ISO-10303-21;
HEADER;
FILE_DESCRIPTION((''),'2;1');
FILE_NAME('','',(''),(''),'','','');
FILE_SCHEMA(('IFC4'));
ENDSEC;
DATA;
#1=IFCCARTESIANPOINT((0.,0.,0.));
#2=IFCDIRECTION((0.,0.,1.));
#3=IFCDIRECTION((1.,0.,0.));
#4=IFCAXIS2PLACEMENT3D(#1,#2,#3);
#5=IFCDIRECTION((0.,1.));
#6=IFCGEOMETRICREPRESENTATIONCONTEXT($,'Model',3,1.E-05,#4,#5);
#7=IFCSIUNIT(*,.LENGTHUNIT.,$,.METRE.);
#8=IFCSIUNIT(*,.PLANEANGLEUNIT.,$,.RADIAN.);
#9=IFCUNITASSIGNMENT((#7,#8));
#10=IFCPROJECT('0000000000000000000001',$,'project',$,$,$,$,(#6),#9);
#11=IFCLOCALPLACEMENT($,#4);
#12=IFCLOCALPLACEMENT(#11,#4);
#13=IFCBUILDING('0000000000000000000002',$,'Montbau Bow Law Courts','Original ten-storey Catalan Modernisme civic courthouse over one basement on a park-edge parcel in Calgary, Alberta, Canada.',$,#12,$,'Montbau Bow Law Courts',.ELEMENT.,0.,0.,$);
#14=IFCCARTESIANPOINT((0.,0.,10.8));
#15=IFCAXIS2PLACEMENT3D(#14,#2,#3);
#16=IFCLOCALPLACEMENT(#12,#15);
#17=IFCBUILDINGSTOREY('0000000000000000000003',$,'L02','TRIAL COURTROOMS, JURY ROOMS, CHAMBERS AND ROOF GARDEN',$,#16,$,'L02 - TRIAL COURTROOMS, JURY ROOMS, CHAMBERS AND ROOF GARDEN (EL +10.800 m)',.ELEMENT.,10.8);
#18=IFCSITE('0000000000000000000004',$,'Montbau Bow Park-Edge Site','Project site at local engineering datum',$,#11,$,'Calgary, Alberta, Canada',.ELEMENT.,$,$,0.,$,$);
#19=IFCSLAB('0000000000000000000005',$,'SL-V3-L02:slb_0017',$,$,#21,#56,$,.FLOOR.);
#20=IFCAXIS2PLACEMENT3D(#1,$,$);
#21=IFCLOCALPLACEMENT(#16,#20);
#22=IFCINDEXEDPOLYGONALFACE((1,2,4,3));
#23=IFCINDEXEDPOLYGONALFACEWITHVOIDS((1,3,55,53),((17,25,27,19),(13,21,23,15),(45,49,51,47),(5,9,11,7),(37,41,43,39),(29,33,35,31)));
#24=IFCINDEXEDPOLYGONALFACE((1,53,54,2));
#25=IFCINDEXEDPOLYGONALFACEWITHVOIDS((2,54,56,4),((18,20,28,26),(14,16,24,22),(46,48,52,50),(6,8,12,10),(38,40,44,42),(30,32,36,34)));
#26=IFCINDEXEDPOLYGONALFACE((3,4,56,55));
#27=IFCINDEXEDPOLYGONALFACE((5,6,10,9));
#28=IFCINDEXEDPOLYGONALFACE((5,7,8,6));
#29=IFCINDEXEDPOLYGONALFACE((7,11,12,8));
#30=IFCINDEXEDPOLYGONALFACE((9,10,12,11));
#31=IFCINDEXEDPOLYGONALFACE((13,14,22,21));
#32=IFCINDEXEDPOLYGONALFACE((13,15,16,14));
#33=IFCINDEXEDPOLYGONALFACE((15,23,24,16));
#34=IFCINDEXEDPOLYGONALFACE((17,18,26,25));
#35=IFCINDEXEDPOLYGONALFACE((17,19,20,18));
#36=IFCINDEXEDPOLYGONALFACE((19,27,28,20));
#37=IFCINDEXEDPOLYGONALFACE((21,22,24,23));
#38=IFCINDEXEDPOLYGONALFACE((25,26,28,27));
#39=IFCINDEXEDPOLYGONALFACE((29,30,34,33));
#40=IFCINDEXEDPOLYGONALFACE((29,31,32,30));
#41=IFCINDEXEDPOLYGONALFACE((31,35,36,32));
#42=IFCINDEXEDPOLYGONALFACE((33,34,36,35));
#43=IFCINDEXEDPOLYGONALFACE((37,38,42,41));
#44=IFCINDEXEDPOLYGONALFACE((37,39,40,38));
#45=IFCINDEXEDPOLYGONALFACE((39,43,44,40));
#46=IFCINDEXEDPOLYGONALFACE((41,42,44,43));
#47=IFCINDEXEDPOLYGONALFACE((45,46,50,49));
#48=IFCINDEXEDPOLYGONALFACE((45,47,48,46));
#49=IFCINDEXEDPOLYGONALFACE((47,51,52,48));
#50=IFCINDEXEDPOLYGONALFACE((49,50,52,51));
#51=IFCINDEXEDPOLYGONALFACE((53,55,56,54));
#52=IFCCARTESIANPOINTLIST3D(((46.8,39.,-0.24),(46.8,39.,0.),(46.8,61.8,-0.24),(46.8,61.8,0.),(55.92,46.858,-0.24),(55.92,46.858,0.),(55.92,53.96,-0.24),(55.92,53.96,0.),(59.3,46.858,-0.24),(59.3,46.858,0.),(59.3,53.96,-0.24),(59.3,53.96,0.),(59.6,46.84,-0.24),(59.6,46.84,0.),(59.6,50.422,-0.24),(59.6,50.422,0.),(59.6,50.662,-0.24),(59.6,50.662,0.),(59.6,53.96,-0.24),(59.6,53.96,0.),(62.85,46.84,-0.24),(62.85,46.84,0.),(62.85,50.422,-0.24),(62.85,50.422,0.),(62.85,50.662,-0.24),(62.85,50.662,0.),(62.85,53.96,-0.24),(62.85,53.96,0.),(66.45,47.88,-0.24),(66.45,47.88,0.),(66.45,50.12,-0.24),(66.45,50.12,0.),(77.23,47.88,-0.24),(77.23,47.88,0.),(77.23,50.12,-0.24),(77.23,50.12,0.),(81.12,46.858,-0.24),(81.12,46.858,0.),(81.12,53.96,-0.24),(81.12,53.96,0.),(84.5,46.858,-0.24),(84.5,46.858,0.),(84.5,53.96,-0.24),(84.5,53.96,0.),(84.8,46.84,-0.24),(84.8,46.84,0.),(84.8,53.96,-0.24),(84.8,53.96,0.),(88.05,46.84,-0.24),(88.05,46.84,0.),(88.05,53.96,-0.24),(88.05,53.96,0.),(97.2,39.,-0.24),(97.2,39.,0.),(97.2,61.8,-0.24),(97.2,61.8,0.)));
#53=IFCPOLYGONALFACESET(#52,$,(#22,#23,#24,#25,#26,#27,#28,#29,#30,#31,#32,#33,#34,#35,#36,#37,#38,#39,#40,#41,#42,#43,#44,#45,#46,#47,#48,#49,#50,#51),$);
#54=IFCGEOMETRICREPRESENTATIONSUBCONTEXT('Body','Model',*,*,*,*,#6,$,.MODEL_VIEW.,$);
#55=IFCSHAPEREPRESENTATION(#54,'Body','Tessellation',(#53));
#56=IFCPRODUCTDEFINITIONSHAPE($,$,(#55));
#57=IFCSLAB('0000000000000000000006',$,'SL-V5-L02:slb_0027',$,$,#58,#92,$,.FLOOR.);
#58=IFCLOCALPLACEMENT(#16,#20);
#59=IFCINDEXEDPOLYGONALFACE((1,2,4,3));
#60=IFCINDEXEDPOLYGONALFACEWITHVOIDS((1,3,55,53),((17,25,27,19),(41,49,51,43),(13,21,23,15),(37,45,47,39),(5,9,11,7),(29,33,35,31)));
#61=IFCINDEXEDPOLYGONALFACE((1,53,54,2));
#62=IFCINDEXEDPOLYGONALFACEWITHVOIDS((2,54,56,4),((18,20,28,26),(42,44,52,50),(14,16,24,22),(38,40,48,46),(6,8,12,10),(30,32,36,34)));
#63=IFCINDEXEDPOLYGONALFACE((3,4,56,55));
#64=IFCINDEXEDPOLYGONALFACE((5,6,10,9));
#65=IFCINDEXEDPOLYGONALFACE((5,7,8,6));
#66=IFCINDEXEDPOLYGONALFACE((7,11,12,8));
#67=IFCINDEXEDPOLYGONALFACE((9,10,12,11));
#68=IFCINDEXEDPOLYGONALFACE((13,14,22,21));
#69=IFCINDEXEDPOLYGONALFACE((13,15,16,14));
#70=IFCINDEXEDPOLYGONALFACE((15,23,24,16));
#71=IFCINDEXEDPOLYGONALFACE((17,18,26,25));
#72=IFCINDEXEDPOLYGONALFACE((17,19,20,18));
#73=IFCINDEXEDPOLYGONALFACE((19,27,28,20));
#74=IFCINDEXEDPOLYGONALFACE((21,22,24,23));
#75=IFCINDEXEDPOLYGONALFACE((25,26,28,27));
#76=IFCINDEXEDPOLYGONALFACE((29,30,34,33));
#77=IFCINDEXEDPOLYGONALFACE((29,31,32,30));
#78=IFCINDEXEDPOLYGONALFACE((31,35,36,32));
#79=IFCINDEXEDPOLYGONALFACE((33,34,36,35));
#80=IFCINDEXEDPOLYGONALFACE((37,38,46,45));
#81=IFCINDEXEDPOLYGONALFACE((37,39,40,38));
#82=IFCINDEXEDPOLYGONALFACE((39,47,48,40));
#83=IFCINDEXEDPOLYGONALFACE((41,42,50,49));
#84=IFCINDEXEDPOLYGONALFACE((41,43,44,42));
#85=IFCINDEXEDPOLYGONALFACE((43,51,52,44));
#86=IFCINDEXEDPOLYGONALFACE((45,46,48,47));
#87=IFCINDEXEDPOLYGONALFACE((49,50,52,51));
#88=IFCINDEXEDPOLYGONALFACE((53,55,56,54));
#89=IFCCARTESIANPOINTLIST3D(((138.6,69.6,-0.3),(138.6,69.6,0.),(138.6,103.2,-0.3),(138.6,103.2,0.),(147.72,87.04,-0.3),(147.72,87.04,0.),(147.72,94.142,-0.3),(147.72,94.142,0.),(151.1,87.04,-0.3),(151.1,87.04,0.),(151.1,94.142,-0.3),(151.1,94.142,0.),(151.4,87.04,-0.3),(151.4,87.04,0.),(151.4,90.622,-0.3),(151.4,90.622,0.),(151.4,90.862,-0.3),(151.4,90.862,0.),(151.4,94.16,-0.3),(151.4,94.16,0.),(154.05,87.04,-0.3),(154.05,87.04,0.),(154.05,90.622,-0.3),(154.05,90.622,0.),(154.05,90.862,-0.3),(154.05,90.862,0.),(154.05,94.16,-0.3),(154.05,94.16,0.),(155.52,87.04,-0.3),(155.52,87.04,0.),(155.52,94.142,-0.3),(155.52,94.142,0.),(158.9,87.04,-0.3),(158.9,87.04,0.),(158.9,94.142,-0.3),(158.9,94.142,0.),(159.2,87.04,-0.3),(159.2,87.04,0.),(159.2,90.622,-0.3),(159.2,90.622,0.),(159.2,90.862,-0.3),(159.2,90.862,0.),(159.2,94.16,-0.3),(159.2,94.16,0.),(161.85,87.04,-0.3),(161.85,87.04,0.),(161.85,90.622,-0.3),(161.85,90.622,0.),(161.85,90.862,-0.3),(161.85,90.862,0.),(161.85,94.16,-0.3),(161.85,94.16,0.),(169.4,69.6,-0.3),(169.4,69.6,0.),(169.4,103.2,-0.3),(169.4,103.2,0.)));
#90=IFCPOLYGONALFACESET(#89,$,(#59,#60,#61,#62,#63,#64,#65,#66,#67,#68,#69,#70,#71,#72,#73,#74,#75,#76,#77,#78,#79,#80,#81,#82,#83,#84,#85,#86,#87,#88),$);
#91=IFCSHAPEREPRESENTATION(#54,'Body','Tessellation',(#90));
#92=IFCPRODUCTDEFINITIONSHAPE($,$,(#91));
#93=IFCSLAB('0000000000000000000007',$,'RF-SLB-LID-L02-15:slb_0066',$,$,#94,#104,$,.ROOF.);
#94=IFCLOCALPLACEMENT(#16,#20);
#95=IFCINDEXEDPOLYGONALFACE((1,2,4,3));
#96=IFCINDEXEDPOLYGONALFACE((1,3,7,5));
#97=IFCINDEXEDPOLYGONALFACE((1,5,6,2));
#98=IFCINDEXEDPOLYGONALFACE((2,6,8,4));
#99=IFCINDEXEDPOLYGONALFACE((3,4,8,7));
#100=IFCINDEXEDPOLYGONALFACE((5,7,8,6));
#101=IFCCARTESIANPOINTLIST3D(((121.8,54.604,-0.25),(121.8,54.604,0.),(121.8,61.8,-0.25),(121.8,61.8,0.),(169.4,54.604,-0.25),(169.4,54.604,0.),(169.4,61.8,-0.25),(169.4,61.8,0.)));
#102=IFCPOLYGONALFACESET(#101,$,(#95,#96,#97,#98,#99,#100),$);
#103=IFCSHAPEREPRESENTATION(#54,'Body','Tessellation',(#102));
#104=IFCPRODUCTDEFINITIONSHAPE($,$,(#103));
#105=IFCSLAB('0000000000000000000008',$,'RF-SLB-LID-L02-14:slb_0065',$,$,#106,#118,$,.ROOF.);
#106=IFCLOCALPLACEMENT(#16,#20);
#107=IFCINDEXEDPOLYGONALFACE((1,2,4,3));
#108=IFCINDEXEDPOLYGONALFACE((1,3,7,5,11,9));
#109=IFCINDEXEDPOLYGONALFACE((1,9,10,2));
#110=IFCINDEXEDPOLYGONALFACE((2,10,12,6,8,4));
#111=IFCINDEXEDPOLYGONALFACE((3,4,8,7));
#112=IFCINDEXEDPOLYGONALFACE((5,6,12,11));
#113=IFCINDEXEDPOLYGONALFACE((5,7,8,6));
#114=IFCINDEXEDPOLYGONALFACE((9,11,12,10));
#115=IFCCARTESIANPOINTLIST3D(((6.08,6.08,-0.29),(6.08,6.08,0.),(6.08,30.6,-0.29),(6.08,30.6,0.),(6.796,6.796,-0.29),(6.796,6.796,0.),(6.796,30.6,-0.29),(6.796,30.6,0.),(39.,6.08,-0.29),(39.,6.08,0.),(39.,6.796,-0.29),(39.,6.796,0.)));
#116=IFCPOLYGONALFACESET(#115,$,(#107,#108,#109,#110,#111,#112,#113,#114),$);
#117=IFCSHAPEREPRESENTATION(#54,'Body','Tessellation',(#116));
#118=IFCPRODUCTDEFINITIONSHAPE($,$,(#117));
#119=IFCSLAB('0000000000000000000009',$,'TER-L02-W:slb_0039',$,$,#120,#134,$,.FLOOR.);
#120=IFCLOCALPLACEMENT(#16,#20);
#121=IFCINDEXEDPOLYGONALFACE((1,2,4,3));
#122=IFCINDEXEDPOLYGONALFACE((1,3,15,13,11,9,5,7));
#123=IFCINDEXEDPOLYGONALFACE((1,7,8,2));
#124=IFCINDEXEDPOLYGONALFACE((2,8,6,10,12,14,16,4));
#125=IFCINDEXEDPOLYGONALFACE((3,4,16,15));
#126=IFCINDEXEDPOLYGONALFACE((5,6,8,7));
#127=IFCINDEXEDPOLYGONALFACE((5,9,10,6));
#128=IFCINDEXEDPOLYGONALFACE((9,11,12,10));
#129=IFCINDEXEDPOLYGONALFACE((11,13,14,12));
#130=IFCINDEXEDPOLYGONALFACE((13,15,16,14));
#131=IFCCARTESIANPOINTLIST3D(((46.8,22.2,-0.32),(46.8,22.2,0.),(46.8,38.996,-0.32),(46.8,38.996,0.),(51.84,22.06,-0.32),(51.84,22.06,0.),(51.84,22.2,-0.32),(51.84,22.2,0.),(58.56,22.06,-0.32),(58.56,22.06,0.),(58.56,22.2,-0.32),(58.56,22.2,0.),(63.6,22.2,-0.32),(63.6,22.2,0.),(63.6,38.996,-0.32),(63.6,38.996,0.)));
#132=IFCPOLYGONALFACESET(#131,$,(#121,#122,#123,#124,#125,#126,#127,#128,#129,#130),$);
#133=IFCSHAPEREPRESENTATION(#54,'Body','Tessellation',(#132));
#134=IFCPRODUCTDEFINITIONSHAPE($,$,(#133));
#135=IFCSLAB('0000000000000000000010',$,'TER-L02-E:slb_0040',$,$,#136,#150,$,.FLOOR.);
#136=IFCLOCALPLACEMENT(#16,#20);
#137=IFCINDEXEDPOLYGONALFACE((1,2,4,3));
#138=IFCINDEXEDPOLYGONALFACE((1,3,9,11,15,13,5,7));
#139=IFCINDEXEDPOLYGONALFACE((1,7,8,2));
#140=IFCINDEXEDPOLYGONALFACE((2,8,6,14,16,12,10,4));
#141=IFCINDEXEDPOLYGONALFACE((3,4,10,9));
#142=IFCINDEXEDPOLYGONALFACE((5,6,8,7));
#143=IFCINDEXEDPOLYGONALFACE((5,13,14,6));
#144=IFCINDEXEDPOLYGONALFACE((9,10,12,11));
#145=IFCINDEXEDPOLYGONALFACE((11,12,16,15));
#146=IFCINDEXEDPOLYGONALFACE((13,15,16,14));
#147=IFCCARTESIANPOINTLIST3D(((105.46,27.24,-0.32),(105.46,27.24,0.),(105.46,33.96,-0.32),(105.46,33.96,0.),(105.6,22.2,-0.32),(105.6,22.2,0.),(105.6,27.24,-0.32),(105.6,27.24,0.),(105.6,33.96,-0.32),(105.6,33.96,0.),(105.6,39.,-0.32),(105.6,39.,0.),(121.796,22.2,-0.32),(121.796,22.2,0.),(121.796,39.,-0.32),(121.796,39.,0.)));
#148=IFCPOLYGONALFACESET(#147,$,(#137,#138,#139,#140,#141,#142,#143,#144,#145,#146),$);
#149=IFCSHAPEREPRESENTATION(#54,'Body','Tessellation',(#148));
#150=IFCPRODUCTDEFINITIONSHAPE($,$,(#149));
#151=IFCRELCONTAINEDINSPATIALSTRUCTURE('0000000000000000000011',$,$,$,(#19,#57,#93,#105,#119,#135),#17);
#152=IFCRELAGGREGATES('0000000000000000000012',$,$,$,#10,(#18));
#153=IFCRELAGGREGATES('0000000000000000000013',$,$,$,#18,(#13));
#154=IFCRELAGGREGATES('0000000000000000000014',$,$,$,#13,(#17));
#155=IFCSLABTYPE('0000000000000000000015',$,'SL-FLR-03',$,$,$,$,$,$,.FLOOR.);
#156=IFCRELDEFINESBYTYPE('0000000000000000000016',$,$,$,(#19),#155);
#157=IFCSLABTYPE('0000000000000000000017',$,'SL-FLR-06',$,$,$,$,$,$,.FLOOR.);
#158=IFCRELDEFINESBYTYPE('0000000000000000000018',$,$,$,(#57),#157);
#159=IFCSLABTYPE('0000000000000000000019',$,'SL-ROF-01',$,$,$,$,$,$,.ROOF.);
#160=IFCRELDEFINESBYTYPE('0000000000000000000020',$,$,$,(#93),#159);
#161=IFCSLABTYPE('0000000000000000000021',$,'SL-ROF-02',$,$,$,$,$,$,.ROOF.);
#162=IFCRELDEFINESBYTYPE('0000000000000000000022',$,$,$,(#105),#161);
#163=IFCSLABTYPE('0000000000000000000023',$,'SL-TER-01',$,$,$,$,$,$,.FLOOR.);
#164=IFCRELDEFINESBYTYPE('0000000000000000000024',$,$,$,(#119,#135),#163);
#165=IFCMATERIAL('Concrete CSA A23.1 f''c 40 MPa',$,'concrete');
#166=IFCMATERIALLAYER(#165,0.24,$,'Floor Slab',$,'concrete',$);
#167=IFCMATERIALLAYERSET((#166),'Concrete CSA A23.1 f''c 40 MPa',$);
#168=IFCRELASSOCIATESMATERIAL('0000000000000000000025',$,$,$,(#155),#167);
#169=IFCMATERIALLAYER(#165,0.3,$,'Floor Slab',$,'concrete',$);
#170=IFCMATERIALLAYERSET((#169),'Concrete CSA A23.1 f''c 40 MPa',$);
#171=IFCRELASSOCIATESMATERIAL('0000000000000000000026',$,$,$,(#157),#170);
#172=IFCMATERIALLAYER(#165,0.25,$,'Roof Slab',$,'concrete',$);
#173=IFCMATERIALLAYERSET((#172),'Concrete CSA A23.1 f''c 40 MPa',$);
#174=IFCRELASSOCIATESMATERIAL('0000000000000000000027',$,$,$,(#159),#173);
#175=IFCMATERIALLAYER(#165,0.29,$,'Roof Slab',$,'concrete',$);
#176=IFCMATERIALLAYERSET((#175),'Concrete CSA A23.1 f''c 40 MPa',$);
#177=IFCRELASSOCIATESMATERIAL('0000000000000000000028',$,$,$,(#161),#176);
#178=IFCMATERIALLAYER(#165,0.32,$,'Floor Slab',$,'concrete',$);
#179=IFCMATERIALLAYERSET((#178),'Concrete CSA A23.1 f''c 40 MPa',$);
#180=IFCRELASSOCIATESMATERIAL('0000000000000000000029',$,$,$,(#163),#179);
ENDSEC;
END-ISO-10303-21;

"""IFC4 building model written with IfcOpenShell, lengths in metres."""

from ifc_helpers import new_model, si_unit, direction, frame, origin_with_axes, place, context, subcontext, project, spatial, polyline, outline, extrude, material, layer, layer_set, type_object, element, save


model = new_model("IFC4")

# Units and contexts
model_context = context("Model", 3, precision=1e-05, world=origin_with_axes(), true_north=direction((0.0, 1.0)))
body_context = subcontext(model_context, "Body", "Model", "MODEL_VIEW")
ifc_project = project(units=[si_unit("LENGTHUNIT", "METRE"), si_unit("PLANEANGLEUNIT", "RADIAN")], contexts=[model_context])

# Site, building, storey
site_placement = place(None, origin_with_axes())
site = spatial("IfcSite", under=ifc_project, at=site_placement, Name="Montbau Bow Park-Edge Site", Description="Project site at local engineering datum", LongName="Calgary, Alberta, Canada", CompositionType="ELEMENT", RefElevation=0.0)
building_placement = place(site_placement, origin_with_axes())
building = spatial("IfcBuilding", under=site, at=building_placement, Name="Montbau Bow Law Courts", Description="Original ten-storey Catalan Modernisme civic courthouse over one basement on a park-edge parcel in Calgary, Alberta, Canada.", LongName="Montbau Bow Law Courts", CompositionType="ELEMENT", ElevationOfRefHeight=0.0, ElevationOfTerrain=0.0)
storey_placement = place(building_placement, frame((0.0, 0.0, 10.8), z_axis=(0.0, 0.0, 1.0), x_axis=(1.0, 0.0, 0.0)))
storey = spatial("IfcBuildingStorey", under=building, at=storey_placement, Name="L02", Description="TRIAL COURTROOMS, JURY ROOMS, CHAMBERS AND ROOF GARDEN", LongName="L02 - TRIAL COURTROOMS, JURY ROOMS, CHAMBERS AND ROOF GARDEN (EL +10.800 m)", CompositionType="ELEMENT", Elevation=10.8)

# Slabs
ifc_material_1 = material(Name="Concrete CSA A23.1 f'c 40 MPa", Category="concrete")
ifc_layer_1 = layer(ifc_material_1, 0.24, Name="Floor Slab", Category="concrete")
ifc_layer_set_1 = layer_set([ifc_layer_1], Name="Concrete CSA A23.1 f'c 40 MPa")
slab_type_1 = type_object("IfcSlabType", Name="SL-FLR-03", PredefinedType="FLOOR", material=ifc_layer_set_1)
slab_1_placement = place(None, frame((0.0, 0.0, 10.56), z_axis=(0.0, 0.0, 1.0), x_axis=(1.0, 0.0, 0.0)))
element("IfcSlab", 1, at=slab_1_placement, inside=storey, type_object=slab_type_1, Name="SL-V3-L02:slb_0017", PredefinedType="FLOOR", context=body_context, shape_type="SweptSolid", body=[
    extrude(outline(polyline([(46.8, 39.0), (97.2, 39.0), (97.2, 61.8), (46.8, 61.8), (46.8, 39.0)]), holes=[polyline([(55.92, 46.858), (59.3, 46.858), (59.3, 53.96), (55.92, 53.96), (55.92, 46.858)]), polyline([(59.6, 46.84), (62.85, 46.84), (62.85, 50.422), (59.6, 50.422), (59.6, 46.84)]), polyline([(59.6, 50.662), (62.85, 50.662), (62.85, 53.96), (59.6, 53.96), (59.6, 50.662)]), polyline([(81.12, 46.858), (84.5, 46.858), (84.5, 53.96), (81.12, 53.96), (81.12, 46.858)]), polyline([(84.8, 46.84), (88.05, 46.84), (88.05, 53.96), (84.8, 53.96), (84.8, 46.84)]), polyline([(66.45, 47.88), (77.23, 47.88), (77.23, 50.12), (66.45, 50.12), (66.45, 47.88)])]), origin_with_axes(), (0.0, 0.0, 1.0), 0.24),
])
ifc_layer_2 = layer(ifc_material_1, 0.3, Name="Floor Slab", Category="concrete")
ifc_layer_set_2 = layer_set([ifc_layer_2], Name="Concrete CSA A23.1 f'c 40 MPa")
slab_type_2 = type_object("IfcSlabType", Name="SL-FLR-06", PredefinedType="FLOOR", material=ifc_layer_set_2)
slab_2_placement = place(None, frame((0.0, 0.0, 10.5), z_axis=(0.0, 0.0, 1.0), x_axis=(1.0, 0.0, 0.0)))
element("IfcSlab", 2, at=slab_2_placement, inside=storey, type_object=slab_type_2, Name="SL-V5-L02:slb_0027", PredefinedType="FLOOR", context=body_context, shape_type="SweptSolid", body=[
    extrude(outline(polyline([(138.6, 69.6), (169.4, 69.6), (169.4, 103.2), (138.6, 103.2), (138.6, 69.6)]), holes=[polyline([(147.72, 87.04), (151.1, 87.04), (151.1, 94.142), (147.72, 94.142), (147.72, 87.04)]), polyline([(151.4, 87.04), (154.05, 87.04), (154.05, 90.622), (151.4, 90.622), (151.4, 87.04)]), polyline([(151.4, 90.862), (154.05, 90.862), (154.05, 94.16), (151.4, 94.16), (151.4, 90.862)]), polyline([(155.52, 87.04), (158.9, 87.04), (158.9, 94.142), (155.52, 94.142), (155.52, 87.04)]), polyline([(159.2, 87.04), (161.85, 87.04), (161.85, 90.622), (159.2, 90.622), (159.2, 87.04)]), polyline([(159.2, 90.862), (161.85, 90.862), (161.85, 94.16), (159.2, 94.16), (159.2, 90.862)])]), origin_with_axes(), (0.0, 0.0, 1.0), 0.3),
])
ifc_layer_3 = layer(ifc_material_1, 0.25, Name="Roof Slab", Category="concrete")
ifc_layer_set_3 = layer_set([ifc_layer_3], Name="Concrete CSA A23.1 f'c 40 MPa")
slab_type_3 = type_object("IfcSlabType", Name="SL-ROF-01", PredefinedType="ROOF", material=ifc_layer_set_3)
slab_3_placement = place(None, frame((0.0, 0.0, 10.55), z_axis=(0.0, 0.0, 1.0), x_axis=(1.0, 0.0, 0.0)))
element("IfcSlab", 3, at=slab_3_placement, inside=storey, type_object=slab_type_3, Name="RF-SLB-LID-L02-15:slb_0066", PredefinedType="ROOF", context=body_context, shape_type="SweptSolid", body=[
    extrude(outline(polyline([(121.8, 61.8), (169.4, 61.8), (169.4, 54.604), (121.8, 54.604), (121.8, 61.8)])), origin_with_axes(), (0.0, 0.0, 1.0), 0.25),
])
ifc_layer_4 = layer(ifc_material_1, 0.29, Name="Roof Slab", Category="concrete")
ifc_layer_set_4 = layer_set([ifc_layer_4], Name="Concrete CSA A23.1 f'c 40 MPa")
slab_type_4 = type_object("IfcSlabType", Name="SL-ROF-02", PredefinedType="ROOF", material=ifc_layer_set_4)
slab_4_placement = place(None, frame((0.0, 0.0, 10.51), z_axis=(0.0, 0.0, 1.0), x_axis=(1.0, 0.0, 0.0)))
element("IfcSlab", 4, at=slab_4_placement, inside=storey, type_object=slab_type_4, Name="RF-SLB-LID-L02-14:slb_0065", PredefinedType="ROOF", context=body_context, shape_type="SweptSolid", body=[
    extrude(outline(polyline([(6.796, 30.6), (6.796, 6.796), (39.0, 6.796), (39.0, 6.08), (6.08, 6.08), (6.08, 30.6), (6.796, 30.6)])), origin_with_axes(), (0.0, 0.0, 1.0), 0.29),
])
ifc_layer_5 = layer(ifc_material_1, 0.32, Name="Floor Slab", Category="concrete")
ifc_layer_set_5 = layer_set([ifc_layer_5], Name="Concrete CSA A23.1 f'c 40 MPa")
slab_type_5 = type_object("IfcSlabType", Name="SL-TER-01", PredefinedType="FLOOR", material=ifc_layer_set_5)
slab_5_placement = place(None, frame((0.0, 0.0, 10.48), z_axis=(0.0, 0.0, 1.0), x_axis=(1.0, 0.0, 0.0)))
element("IfcSlab", 5, at=slab_5_placement, inside=storey, type_object=slab_type_5, Name="TER-L02-W:slb_0039", PredefinedType="FLOOR", context=body_context, shape_type="SweptSolid", body=[
    extrude(outline(polyline([(46.8, 22.2), (51.84, 22.2), (51.84, 22.06), (58.56, 22.06), (58.56, 22.2), (63.6, 22.2), (63.6, 38.996), (46.8, 38.996), (46.8, 22.2)])), origin_with_axes(), (0.0, 0.0, 1.0), 0.32),
])
slab_6_placement = place(None, frame((0.0, 0.0, 10.48), z_axis=(0.0, 0.0, 1.0), x_axis=(1.0, 0.0, 0.0)))
element("IfcSlab", 6, at=slab_6_placement, inside=storey, type_object=slab_type_5, Name="TER-L02-E:slb_0040", PredefinedType="FLOOR", context=body_context, shape_type="SweptSolid", body=[
    extrude(outline(polyline([(105.6, 22.2), (121.796, 22.2), (121.796, 39.0), (105.6, 39.0), (105.6, 33.96), (105.46, 33.96), (105.46, 27.24), (105.6, 27.24), (105.6, 22.2)])), origin_with_axes(), (0.0, 0.0, 1.0), 0.32),
])

save(model, "model.ifc")
